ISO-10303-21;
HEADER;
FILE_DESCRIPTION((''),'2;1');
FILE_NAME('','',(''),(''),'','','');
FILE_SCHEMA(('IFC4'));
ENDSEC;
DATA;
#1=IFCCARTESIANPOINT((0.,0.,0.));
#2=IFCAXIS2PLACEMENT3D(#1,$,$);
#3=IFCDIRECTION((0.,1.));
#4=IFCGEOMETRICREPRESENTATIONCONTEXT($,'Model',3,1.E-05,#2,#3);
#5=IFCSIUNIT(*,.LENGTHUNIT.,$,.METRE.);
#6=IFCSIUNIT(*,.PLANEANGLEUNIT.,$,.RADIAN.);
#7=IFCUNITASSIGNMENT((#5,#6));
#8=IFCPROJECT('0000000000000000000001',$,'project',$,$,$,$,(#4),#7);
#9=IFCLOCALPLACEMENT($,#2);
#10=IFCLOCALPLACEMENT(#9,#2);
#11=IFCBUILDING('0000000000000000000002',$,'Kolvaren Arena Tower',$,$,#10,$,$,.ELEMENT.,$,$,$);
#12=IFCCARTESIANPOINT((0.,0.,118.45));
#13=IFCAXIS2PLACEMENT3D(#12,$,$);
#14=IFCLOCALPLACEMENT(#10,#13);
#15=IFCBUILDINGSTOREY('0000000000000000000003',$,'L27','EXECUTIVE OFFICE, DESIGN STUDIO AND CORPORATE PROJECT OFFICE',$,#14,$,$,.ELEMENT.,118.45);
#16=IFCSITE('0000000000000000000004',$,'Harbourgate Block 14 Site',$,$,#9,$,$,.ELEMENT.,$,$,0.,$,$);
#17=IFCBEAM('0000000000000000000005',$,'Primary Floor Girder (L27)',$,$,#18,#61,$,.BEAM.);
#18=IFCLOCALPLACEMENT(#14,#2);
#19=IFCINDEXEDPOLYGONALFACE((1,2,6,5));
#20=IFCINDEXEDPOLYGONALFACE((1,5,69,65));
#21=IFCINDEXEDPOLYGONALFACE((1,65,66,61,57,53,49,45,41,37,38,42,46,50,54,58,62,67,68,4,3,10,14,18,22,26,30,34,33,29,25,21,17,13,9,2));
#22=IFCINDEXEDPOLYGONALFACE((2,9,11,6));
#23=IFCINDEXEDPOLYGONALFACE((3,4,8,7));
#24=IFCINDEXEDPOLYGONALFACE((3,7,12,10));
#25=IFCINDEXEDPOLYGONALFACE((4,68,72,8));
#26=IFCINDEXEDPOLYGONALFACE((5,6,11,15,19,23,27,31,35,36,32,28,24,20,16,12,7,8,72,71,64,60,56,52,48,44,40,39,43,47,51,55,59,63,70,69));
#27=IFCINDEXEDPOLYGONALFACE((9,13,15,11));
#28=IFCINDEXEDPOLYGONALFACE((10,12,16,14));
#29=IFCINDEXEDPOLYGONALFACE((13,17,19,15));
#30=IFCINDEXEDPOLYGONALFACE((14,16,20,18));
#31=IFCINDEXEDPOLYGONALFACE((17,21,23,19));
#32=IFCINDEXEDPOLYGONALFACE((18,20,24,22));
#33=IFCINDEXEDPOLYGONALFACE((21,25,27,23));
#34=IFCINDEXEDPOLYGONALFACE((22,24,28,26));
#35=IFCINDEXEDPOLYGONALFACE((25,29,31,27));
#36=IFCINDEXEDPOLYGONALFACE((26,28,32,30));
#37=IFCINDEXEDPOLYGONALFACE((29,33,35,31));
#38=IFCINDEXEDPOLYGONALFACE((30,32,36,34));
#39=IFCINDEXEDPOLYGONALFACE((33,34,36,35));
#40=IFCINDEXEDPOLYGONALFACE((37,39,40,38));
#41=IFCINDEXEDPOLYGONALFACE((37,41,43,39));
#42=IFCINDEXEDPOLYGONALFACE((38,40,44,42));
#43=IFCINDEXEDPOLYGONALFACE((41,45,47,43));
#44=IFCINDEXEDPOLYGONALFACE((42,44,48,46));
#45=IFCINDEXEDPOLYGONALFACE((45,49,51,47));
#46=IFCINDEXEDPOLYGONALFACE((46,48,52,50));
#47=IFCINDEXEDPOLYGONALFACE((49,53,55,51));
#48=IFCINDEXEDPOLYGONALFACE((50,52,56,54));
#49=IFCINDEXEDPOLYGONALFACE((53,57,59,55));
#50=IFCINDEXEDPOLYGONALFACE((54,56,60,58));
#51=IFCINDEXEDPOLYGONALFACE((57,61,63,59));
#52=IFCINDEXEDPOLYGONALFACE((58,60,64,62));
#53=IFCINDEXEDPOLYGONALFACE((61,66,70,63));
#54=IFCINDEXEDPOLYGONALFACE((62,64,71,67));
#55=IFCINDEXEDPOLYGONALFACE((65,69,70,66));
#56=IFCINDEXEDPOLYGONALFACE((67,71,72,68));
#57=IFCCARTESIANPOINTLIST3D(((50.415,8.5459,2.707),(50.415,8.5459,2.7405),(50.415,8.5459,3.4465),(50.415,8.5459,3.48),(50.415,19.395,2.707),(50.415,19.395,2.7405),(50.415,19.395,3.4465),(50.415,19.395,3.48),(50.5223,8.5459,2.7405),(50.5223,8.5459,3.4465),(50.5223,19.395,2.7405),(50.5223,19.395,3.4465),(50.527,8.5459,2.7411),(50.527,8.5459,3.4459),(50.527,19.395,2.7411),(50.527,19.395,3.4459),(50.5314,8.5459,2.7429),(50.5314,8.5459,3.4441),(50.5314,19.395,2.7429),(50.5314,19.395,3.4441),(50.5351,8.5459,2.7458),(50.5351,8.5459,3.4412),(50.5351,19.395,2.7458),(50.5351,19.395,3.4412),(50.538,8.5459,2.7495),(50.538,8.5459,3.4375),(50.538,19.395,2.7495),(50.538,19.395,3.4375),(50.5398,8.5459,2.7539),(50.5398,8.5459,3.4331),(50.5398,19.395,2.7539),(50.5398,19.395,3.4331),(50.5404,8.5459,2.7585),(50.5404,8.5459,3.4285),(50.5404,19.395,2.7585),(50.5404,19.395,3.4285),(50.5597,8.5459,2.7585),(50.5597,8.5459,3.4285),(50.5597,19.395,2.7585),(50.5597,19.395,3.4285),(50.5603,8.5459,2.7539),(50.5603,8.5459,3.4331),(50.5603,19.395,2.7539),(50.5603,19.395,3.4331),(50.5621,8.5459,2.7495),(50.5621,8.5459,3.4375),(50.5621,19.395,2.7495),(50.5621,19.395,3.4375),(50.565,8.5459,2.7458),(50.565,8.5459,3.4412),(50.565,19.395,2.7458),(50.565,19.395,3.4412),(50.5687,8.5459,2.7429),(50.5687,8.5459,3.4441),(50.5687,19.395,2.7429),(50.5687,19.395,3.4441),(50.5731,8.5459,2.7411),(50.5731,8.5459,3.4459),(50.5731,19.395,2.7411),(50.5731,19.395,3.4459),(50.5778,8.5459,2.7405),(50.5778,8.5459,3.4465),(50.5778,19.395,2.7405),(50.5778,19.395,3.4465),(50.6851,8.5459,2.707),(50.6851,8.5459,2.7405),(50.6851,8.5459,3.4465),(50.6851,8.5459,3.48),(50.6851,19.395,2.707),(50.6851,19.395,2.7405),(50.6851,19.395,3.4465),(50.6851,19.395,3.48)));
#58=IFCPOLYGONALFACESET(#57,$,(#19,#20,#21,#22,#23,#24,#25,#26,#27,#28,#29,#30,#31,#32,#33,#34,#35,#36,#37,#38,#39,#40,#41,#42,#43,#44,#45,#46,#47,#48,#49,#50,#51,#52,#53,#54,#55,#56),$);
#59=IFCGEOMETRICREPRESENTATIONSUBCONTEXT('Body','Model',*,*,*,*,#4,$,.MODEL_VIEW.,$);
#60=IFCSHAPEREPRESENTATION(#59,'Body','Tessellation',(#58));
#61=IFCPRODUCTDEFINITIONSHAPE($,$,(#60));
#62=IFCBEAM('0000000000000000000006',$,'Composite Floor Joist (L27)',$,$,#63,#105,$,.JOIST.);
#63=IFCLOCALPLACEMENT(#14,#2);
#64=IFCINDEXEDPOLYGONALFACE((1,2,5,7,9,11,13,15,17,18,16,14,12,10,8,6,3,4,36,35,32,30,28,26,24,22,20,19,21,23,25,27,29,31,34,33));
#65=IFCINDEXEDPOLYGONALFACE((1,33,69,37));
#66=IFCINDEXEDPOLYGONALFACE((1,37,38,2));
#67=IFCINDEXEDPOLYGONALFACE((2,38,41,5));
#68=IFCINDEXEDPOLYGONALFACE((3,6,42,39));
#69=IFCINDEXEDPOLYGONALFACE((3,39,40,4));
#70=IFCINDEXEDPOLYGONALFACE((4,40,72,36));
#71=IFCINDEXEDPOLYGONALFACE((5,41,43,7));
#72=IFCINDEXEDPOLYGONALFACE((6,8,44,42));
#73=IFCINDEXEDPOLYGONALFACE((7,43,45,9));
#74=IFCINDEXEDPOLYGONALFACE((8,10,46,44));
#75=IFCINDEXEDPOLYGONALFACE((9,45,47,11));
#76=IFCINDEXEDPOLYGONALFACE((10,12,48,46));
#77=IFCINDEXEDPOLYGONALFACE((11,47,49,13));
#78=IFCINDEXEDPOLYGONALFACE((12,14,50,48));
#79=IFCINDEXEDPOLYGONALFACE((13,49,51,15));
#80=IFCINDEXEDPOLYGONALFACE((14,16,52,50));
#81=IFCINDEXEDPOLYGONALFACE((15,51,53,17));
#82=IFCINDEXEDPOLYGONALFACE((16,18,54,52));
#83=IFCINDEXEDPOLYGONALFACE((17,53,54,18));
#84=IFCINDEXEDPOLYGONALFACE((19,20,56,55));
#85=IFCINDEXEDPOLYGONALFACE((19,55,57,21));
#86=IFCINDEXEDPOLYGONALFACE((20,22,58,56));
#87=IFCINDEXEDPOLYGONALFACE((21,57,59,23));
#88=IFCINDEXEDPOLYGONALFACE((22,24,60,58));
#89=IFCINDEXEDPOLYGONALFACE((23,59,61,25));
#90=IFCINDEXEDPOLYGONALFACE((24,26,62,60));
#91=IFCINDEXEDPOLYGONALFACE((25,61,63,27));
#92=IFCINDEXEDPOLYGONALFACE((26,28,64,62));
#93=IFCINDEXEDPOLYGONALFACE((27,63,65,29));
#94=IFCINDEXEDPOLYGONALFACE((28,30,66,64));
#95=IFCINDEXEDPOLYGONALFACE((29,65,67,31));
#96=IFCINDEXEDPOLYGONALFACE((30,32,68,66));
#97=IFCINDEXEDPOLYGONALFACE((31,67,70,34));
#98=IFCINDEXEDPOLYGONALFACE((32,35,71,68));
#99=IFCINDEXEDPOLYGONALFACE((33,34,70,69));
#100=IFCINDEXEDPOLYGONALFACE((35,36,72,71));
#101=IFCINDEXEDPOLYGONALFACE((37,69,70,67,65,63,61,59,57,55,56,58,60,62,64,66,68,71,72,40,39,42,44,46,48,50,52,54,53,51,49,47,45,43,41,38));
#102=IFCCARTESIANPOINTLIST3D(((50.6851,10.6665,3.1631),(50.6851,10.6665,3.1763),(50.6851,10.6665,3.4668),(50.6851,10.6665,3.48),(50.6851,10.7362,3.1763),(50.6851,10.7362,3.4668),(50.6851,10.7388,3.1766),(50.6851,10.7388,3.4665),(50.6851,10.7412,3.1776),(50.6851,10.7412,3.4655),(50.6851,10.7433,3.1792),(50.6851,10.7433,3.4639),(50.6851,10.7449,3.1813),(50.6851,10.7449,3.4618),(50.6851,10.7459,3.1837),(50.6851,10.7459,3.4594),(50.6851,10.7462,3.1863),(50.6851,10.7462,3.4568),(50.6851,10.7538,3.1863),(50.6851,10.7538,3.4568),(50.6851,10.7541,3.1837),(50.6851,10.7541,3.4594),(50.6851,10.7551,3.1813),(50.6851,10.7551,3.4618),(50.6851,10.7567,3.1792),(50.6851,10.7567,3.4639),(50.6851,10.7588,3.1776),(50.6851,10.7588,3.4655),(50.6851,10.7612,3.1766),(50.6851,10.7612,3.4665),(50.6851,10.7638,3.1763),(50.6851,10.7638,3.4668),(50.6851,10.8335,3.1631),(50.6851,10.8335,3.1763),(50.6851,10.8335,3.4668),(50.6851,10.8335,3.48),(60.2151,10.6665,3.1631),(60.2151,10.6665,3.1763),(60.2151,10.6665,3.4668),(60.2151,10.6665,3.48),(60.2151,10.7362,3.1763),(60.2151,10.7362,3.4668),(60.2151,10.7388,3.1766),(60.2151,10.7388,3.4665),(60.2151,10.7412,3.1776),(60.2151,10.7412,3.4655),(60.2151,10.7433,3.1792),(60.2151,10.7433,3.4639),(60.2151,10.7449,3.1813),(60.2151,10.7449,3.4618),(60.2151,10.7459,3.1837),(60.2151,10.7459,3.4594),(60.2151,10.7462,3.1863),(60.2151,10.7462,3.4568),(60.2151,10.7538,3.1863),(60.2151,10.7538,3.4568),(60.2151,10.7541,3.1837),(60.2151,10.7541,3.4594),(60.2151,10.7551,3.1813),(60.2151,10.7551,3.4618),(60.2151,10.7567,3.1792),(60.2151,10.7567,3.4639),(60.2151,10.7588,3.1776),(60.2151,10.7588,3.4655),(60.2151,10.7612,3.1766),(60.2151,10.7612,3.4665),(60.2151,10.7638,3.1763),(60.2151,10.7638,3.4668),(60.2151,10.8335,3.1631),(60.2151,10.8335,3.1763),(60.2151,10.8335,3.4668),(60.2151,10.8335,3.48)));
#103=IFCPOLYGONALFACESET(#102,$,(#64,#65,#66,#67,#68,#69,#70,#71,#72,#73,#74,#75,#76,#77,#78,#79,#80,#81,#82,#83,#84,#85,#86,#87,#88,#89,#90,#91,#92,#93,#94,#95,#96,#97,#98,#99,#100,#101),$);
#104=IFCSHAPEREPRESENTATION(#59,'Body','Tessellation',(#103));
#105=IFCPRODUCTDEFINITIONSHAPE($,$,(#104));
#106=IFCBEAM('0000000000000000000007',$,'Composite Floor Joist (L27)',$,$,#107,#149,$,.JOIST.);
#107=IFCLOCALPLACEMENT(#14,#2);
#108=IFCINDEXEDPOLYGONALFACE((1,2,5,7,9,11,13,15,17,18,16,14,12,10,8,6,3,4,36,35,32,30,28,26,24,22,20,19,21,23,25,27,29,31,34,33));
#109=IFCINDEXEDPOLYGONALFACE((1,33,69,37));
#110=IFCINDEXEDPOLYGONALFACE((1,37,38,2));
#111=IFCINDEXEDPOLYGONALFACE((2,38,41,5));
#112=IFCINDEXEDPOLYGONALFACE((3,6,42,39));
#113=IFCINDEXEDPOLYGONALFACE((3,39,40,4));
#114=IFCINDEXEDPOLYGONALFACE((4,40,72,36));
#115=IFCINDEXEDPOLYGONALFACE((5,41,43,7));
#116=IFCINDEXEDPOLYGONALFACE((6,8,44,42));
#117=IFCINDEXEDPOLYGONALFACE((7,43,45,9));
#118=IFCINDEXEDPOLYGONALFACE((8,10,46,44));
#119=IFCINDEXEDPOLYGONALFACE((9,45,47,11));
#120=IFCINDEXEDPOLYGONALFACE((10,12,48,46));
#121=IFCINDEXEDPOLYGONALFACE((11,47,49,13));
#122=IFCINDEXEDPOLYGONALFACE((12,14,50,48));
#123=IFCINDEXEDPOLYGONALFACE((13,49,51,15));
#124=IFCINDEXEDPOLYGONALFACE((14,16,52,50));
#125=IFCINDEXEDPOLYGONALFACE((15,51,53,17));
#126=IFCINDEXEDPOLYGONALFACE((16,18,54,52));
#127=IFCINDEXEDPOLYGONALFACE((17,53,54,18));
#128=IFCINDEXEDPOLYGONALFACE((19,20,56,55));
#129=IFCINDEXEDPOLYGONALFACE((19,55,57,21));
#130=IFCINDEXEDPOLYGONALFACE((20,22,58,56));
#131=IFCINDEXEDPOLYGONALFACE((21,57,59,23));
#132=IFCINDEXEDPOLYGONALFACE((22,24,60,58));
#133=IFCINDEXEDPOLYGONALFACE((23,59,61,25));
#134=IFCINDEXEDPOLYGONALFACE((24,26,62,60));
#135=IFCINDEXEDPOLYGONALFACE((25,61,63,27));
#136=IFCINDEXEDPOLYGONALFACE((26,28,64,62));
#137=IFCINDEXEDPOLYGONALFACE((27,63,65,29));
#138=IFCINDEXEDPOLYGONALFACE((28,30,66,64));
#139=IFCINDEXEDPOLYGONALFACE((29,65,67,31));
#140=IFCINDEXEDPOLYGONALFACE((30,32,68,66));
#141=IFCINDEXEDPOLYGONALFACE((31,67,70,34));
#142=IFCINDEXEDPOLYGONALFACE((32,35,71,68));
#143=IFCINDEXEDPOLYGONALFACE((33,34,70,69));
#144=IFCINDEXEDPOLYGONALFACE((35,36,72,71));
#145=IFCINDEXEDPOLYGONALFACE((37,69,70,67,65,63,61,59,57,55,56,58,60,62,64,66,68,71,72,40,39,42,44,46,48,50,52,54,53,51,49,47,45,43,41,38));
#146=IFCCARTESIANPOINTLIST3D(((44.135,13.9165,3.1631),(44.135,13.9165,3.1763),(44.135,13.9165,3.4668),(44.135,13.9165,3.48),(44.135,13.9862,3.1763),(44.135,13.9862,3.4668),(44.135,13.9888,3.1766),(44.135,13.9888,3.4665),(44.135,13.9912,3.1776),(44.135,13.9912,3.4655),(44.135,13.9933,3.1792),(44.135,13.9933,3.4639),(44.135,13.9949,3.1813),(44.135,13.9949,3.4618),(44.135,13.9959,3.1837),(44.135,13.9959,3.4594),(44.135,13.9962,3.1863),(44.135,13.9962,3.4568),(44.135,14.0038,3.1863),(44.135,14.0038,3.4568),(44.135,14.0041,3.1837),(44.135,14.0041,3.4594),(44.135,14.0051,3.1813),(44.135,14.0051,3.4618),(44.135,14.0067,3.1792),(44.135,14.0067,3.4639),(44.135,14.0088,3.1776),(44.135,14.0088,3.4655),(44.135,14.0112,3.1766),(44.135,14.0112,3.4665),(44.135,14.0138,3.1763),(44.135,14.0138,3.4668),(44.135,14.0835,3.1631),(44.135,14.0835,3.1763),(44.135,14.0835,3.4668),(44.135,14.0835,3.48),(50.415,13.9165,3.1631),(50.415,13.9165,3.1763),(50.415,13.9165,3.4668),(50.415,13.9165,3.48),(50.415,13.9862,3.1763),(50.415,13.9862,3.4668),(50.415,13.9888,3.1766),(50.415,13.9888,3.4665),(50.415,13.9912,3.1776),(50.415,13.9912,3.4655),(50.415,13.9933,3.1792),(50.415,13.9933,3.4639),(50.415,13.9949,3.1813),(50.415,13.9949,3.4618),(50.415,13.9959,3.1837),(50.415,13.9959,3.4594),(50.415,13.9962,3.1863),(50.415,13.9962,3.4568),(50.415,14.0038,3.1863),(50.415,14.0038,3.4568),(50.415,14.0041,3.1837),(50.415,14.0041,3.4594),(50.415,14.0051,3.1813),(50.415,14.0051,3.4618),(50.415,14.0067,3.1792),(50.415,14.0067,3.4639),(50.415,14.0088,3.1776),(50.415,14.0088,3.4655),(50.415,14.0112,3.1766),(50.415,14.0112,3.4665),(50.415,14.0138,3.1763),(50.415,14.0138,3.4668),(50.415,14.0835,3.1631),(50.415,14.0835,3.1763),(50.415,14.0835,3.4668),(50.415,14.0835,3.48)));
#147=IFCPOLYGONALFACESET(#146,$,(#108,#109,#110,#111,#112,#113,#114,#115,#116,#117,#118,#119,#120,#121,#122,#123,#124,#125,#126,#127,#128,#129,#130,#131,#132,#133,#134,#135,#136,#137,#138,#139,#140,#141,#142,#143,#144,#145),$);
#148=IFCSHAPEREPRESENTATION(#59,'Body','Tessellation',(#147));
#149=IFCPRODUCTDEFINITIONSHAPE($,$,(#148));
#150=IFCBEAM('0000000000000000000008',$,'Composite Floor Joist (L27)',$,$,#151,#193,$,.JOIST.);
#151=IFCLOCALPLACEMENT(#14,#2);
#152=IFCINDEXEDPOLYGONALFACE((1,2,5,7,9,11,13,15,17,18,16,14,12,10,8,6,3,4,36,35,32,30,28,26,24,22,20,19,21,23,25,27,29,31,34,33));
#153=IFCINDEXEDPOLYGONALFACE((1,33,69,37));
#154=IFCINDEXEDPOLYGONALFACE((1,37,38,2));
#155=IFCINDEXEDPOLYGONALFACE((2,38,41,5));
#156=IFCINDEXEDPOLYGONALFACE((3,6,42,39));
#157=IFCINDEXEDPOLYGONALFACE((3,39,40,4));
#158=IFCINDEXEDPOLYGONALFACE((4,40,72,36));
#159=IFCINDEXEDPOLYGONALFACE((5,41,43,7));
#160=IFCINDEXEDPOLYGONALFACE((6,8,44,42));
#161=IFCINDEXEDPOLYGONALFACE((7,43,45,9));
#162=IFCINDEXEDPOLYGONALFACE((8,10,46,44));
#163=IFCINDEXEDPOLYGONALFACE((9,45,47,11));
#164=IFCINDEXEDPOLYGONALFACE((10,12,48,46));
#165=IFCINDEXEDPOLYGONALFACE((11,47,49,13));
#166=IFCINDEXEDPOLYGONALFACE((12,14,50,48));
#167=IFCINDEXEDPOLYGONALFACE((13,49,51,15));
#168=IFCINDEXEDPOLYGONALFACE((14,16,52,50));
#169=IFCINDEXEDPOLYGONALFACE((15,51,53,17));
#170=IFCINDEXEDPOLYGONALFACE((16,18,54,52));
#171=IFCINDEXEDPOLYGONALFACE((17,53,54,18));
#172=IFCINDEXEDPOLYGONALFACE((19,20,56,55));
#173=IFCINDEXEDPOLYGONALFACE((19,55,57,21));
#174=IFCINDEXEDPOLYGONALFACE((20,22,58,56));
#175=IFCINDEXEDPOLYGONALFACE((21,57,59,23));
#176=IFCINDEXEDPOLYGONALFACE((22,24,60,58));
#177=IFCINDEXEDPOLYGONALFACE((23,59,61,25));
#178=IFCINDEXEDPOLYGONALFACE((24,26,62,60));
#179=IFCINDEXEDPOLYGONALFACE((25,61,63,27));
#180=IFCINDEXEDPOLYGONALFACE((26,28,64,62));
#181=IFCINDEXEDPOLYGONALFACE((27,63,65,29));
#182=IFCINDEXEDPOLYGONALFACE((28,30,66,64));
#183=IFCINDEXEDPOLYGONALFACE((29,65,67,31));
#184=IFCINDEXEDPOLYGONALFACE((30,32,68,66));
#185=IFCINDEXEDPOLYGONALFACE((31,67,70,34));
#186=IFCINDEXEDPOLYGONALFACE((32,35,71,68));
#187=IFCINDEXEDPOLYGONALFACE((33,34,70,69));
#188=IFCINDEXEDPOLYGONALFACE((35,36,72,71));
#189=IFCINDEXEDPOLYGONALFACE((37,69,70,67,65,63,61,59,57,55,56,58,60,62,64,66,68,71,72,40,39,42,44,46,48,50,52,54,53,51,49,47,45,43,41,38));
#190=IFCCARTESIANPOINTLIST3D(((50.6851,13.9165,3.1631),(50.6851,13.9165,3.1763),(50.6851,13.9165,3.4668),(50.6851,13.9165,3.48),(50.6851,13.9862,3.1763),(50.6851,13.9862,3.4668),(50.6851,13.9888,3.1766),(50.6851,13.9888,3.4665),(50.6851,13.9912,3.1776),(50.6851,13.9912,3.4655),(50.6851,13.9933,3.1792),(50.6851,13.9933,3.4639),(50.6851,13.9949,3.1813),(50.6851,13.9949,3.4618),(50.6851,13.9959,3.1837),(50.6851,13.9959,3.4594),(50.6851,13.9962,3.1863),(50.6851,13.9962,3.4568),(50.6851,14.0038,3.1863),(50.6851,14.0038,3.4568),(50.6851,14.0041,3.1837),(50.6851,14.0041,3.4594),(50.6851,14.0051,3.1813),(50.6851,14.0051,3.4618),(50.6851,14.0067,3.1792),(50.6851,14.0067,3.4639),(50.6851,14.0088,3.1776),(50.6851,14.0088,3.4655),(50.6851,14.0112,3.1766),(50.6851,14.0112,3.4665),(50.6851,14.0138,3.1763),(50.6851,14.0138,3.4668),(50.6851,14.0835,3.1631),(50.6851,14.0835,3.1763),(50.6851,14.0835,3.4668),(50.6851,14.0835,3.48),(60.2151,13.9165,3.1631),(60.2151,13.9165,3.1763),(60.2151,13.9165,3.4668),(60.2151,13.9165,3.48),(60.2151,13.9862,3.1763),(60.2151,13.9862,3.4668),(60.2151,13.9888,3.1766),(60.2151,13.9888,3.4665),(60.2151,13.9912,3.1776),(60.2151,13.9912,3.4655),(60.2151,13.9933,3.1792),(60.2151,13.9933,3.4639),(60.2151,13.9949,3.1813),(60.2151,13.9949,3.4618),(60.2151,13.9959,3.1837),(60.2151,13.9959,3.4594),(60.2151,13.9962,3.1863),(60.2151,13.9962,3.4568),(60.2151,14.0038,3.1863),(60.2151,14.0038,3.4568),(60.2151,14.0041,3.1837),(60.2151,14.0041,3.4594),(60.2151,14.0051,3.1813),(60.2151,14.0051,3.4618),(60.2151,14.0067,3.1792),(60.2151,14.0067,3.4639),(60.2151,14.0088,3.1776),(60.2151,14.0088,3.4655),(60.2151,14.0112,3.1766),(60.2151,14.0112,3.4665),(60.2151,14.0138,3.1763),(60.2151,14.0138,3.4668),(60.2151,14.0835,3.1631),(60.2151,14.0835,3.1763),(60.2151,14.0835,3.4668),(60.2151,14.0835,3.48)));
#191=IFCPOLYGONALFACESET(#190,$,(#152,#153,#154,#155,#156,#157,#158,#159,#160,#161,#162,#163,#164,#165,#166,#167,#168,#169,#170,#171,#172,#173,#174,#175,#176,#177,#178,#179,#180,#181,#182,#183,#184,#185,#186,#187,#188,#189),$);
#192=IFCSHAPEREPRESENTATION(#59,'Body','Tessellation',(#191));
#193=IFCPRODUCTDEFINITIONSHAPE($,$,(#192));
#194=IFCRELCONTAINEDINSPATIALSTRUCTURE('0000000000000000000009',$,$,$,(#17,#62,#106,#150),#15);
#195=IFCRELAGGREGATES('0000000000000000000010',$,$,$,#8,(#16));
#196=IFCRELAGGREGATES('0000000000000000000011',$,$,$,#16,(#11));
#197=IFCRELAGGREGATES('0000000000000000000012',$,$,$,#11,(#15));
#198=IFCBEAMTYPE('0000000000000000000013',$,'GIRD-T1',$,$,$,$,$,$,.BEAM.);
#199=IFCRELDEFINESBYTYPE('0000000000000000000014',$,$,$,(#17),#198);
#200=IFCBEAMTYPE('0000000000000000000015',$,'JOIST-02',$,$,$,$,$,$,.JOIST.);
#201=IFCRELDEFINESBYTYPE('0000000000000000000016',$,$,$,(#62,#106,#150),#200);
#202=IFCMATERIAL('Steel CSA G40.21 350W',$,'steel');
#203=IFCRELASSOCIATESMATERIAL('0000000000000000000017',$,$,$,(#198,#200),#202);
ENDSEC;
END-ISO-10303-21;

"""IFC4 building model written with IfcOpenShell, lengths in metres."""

from ifc_helpers import new_model, si_unit, direction, frame, origin, origin_2d, place, context, subcontext, project, spatial, i_section, extrude, material, material_profile, profile_set, type_object, element, save


model = new_model("IFC4")

# Units and contexts
model_context = context("Model", 3, precision=1e-05, world=origin(), true_north=direction((0.0, 1.0)))
body_context = subcontext(model_context, "Body", "Model", "MODEL_VIEW")
ifc_project = project(units=[si_unit("LENGTHUNIT", "METRE"), si_unit("PLANEANGLEUNIT", "RADIAN")], contexts=[model_context])

# Site, building, storey
site_placement = place(None, origin())
site = spatial("IfcSite", under=ifc_project, at=site_placement, Name="Harbourgate Block 14 Site", CompositionType="ELEMENT", RefElevation=0.0)
building_placement = place(site_placement, origin())
building = spatial("IfcBuilding", under=site, at=building_placement, Name="Kolvaren Arena Tower", CompositionType="ELEMENT")
storey_placement = place(building_placement, frame((0.0, 0.0, 118.45)))
storey = spatial("IfcBuildingStorey", under=building, at=storey_placement, Name="L27", Description="EXECUTIVE OFFICE, DESIGN STUDIO AND CORPORATE PROJECT OFFICE", CompositionType="ELEMENT", Elevation=118.45)

# Beams
ifc_material_1 = material(Name="Steel CSA G40.21 350W", Category="steel")
ifc_material_profile_1 = material_profile(ifc_material_1, i_section(OverallWidth=0.27, OverallDepth=0.7729, WebThickness=0.0193, FlangeThickness=0.0334, FilletRadius=0.0181, at=origin_2d()), Name="W760x257")
ifc_profile_set_1 = profile_set([ifc_material_profile_1], Name="Steel CSA G40.21 350W")
beam_type_1 = type_object("IfcBeamType", Name="GIRD-T1", PredefinedType="BEAM", material=ifc_profile_set_1)
beam_1_placement = place(storey_placement, frame((50.55, 8.5459, 3.0935), z_axis=(0.0, 1.0, 0.0), x_axis=(-1.0, 0.0, 0.0)))
element("IfcBeam", 1, at=beam_1_placement, inside=storey, type_object=beam_type_1, Name="Primary Floor Girder (L27)", PredefinedType="BEAM", context=body_context, shape_type="SweptSolid", body=[
    extrude(i_section(OverallWidth=0.27, OverallDepth=0.7729, WebThickness=0.0193, FlangeThickness=0.0334, FilletRadius=0.0181, at=origin_2d()), origin(), (0.0, 0.0, 1.0), 10.8491),
])
ifc_material_profile_2 = material_profile(ifc_material_1, i_section(OverallWidth=0.167, OverallDepth=0.3169, WebThickness=0.0076, FlangeThickness=0.0132, FilletRadius=0.01, at=origin_2d()), Name="W310x52")
ifc_profile_set_2 = profile_set([ifc_material_profile_2], Name="Steel CSA G40.21 350W")
beam_type_2 = type_object("IfcBeamType", Name="JOIST-02", PredefinedType="JOIST", material=ifc_profile_set_2)
beam_2_placement = place(storey_placement, frame((50.6851, 10.75, 3.3215), z_axis=(1.0, 0.0, 0.0), x_axis=(0.0, 1.0, 0.0)))
element("IfcBeam", 2, at=beam_2_placement, inside=storey, type_object=beam_type_2, Name="Composite Floor Joist (L27)", PredefinedType="JOIST", context=body_context, shape_type="SweptSolid", body=[
    extrude(i_section(OverallWidth=0.167, OverallDepth=0.3169, WebThickness=0.0076, FlangeThickness=0.0132, FilletRadius=0.01, at=origin_2d()), origin(), (0.0, 0.0, 1.0), 9.53),
])
beam_3_placement = place(storey_placement, frame((44.135, 14.0, 3.3215), z_axis=(1.0, 0.0, 0.0), x_axis=(0.0, 1.0, 0.0)))
element("IfcBeam", 3, at=beam_3_placement, inside=storey, type_object=beam_type_2, Name="Composite Floor Joist (L27)", PredefinedType="JOIST", context=body_context, shape_type="SweptSolid", body=[
    extrude(i_section(OverallWidth=0.167, OverallDepth=0.3169, WebThickness=0.0076, FlangeThickness=0.0132, FilletRadius=0.01, at=origin_2d()), origin(), (0.0, 0.0, 1.0), 6.28),
])
beam_4_placement = place(storey_placement, frame((50.6851, 14.0, 3.3215), z_axis=(1.0, 0.0, 0.0), x_axis=(0.0, 1.0, 0.0)))
element("IfcBeam", 4, at=beam_4_placement, inside=storey, type_object=beam_type_2, Name="Composite Floor Joist (L27)", PredefinedType="JOIST", context=body_context, shape_type="SweptSolid", body=[
    extrude(i_section(OverallWidth=0.167, OverallDepth=0.3169, WebThickness=0.0076, FlangeThickness=0.0132, FilletRadius=0.01, at=origin_2d()), origin(), (0.0, 0.0, 1.0), 9.53),
])

save(model, "model.ifc")
